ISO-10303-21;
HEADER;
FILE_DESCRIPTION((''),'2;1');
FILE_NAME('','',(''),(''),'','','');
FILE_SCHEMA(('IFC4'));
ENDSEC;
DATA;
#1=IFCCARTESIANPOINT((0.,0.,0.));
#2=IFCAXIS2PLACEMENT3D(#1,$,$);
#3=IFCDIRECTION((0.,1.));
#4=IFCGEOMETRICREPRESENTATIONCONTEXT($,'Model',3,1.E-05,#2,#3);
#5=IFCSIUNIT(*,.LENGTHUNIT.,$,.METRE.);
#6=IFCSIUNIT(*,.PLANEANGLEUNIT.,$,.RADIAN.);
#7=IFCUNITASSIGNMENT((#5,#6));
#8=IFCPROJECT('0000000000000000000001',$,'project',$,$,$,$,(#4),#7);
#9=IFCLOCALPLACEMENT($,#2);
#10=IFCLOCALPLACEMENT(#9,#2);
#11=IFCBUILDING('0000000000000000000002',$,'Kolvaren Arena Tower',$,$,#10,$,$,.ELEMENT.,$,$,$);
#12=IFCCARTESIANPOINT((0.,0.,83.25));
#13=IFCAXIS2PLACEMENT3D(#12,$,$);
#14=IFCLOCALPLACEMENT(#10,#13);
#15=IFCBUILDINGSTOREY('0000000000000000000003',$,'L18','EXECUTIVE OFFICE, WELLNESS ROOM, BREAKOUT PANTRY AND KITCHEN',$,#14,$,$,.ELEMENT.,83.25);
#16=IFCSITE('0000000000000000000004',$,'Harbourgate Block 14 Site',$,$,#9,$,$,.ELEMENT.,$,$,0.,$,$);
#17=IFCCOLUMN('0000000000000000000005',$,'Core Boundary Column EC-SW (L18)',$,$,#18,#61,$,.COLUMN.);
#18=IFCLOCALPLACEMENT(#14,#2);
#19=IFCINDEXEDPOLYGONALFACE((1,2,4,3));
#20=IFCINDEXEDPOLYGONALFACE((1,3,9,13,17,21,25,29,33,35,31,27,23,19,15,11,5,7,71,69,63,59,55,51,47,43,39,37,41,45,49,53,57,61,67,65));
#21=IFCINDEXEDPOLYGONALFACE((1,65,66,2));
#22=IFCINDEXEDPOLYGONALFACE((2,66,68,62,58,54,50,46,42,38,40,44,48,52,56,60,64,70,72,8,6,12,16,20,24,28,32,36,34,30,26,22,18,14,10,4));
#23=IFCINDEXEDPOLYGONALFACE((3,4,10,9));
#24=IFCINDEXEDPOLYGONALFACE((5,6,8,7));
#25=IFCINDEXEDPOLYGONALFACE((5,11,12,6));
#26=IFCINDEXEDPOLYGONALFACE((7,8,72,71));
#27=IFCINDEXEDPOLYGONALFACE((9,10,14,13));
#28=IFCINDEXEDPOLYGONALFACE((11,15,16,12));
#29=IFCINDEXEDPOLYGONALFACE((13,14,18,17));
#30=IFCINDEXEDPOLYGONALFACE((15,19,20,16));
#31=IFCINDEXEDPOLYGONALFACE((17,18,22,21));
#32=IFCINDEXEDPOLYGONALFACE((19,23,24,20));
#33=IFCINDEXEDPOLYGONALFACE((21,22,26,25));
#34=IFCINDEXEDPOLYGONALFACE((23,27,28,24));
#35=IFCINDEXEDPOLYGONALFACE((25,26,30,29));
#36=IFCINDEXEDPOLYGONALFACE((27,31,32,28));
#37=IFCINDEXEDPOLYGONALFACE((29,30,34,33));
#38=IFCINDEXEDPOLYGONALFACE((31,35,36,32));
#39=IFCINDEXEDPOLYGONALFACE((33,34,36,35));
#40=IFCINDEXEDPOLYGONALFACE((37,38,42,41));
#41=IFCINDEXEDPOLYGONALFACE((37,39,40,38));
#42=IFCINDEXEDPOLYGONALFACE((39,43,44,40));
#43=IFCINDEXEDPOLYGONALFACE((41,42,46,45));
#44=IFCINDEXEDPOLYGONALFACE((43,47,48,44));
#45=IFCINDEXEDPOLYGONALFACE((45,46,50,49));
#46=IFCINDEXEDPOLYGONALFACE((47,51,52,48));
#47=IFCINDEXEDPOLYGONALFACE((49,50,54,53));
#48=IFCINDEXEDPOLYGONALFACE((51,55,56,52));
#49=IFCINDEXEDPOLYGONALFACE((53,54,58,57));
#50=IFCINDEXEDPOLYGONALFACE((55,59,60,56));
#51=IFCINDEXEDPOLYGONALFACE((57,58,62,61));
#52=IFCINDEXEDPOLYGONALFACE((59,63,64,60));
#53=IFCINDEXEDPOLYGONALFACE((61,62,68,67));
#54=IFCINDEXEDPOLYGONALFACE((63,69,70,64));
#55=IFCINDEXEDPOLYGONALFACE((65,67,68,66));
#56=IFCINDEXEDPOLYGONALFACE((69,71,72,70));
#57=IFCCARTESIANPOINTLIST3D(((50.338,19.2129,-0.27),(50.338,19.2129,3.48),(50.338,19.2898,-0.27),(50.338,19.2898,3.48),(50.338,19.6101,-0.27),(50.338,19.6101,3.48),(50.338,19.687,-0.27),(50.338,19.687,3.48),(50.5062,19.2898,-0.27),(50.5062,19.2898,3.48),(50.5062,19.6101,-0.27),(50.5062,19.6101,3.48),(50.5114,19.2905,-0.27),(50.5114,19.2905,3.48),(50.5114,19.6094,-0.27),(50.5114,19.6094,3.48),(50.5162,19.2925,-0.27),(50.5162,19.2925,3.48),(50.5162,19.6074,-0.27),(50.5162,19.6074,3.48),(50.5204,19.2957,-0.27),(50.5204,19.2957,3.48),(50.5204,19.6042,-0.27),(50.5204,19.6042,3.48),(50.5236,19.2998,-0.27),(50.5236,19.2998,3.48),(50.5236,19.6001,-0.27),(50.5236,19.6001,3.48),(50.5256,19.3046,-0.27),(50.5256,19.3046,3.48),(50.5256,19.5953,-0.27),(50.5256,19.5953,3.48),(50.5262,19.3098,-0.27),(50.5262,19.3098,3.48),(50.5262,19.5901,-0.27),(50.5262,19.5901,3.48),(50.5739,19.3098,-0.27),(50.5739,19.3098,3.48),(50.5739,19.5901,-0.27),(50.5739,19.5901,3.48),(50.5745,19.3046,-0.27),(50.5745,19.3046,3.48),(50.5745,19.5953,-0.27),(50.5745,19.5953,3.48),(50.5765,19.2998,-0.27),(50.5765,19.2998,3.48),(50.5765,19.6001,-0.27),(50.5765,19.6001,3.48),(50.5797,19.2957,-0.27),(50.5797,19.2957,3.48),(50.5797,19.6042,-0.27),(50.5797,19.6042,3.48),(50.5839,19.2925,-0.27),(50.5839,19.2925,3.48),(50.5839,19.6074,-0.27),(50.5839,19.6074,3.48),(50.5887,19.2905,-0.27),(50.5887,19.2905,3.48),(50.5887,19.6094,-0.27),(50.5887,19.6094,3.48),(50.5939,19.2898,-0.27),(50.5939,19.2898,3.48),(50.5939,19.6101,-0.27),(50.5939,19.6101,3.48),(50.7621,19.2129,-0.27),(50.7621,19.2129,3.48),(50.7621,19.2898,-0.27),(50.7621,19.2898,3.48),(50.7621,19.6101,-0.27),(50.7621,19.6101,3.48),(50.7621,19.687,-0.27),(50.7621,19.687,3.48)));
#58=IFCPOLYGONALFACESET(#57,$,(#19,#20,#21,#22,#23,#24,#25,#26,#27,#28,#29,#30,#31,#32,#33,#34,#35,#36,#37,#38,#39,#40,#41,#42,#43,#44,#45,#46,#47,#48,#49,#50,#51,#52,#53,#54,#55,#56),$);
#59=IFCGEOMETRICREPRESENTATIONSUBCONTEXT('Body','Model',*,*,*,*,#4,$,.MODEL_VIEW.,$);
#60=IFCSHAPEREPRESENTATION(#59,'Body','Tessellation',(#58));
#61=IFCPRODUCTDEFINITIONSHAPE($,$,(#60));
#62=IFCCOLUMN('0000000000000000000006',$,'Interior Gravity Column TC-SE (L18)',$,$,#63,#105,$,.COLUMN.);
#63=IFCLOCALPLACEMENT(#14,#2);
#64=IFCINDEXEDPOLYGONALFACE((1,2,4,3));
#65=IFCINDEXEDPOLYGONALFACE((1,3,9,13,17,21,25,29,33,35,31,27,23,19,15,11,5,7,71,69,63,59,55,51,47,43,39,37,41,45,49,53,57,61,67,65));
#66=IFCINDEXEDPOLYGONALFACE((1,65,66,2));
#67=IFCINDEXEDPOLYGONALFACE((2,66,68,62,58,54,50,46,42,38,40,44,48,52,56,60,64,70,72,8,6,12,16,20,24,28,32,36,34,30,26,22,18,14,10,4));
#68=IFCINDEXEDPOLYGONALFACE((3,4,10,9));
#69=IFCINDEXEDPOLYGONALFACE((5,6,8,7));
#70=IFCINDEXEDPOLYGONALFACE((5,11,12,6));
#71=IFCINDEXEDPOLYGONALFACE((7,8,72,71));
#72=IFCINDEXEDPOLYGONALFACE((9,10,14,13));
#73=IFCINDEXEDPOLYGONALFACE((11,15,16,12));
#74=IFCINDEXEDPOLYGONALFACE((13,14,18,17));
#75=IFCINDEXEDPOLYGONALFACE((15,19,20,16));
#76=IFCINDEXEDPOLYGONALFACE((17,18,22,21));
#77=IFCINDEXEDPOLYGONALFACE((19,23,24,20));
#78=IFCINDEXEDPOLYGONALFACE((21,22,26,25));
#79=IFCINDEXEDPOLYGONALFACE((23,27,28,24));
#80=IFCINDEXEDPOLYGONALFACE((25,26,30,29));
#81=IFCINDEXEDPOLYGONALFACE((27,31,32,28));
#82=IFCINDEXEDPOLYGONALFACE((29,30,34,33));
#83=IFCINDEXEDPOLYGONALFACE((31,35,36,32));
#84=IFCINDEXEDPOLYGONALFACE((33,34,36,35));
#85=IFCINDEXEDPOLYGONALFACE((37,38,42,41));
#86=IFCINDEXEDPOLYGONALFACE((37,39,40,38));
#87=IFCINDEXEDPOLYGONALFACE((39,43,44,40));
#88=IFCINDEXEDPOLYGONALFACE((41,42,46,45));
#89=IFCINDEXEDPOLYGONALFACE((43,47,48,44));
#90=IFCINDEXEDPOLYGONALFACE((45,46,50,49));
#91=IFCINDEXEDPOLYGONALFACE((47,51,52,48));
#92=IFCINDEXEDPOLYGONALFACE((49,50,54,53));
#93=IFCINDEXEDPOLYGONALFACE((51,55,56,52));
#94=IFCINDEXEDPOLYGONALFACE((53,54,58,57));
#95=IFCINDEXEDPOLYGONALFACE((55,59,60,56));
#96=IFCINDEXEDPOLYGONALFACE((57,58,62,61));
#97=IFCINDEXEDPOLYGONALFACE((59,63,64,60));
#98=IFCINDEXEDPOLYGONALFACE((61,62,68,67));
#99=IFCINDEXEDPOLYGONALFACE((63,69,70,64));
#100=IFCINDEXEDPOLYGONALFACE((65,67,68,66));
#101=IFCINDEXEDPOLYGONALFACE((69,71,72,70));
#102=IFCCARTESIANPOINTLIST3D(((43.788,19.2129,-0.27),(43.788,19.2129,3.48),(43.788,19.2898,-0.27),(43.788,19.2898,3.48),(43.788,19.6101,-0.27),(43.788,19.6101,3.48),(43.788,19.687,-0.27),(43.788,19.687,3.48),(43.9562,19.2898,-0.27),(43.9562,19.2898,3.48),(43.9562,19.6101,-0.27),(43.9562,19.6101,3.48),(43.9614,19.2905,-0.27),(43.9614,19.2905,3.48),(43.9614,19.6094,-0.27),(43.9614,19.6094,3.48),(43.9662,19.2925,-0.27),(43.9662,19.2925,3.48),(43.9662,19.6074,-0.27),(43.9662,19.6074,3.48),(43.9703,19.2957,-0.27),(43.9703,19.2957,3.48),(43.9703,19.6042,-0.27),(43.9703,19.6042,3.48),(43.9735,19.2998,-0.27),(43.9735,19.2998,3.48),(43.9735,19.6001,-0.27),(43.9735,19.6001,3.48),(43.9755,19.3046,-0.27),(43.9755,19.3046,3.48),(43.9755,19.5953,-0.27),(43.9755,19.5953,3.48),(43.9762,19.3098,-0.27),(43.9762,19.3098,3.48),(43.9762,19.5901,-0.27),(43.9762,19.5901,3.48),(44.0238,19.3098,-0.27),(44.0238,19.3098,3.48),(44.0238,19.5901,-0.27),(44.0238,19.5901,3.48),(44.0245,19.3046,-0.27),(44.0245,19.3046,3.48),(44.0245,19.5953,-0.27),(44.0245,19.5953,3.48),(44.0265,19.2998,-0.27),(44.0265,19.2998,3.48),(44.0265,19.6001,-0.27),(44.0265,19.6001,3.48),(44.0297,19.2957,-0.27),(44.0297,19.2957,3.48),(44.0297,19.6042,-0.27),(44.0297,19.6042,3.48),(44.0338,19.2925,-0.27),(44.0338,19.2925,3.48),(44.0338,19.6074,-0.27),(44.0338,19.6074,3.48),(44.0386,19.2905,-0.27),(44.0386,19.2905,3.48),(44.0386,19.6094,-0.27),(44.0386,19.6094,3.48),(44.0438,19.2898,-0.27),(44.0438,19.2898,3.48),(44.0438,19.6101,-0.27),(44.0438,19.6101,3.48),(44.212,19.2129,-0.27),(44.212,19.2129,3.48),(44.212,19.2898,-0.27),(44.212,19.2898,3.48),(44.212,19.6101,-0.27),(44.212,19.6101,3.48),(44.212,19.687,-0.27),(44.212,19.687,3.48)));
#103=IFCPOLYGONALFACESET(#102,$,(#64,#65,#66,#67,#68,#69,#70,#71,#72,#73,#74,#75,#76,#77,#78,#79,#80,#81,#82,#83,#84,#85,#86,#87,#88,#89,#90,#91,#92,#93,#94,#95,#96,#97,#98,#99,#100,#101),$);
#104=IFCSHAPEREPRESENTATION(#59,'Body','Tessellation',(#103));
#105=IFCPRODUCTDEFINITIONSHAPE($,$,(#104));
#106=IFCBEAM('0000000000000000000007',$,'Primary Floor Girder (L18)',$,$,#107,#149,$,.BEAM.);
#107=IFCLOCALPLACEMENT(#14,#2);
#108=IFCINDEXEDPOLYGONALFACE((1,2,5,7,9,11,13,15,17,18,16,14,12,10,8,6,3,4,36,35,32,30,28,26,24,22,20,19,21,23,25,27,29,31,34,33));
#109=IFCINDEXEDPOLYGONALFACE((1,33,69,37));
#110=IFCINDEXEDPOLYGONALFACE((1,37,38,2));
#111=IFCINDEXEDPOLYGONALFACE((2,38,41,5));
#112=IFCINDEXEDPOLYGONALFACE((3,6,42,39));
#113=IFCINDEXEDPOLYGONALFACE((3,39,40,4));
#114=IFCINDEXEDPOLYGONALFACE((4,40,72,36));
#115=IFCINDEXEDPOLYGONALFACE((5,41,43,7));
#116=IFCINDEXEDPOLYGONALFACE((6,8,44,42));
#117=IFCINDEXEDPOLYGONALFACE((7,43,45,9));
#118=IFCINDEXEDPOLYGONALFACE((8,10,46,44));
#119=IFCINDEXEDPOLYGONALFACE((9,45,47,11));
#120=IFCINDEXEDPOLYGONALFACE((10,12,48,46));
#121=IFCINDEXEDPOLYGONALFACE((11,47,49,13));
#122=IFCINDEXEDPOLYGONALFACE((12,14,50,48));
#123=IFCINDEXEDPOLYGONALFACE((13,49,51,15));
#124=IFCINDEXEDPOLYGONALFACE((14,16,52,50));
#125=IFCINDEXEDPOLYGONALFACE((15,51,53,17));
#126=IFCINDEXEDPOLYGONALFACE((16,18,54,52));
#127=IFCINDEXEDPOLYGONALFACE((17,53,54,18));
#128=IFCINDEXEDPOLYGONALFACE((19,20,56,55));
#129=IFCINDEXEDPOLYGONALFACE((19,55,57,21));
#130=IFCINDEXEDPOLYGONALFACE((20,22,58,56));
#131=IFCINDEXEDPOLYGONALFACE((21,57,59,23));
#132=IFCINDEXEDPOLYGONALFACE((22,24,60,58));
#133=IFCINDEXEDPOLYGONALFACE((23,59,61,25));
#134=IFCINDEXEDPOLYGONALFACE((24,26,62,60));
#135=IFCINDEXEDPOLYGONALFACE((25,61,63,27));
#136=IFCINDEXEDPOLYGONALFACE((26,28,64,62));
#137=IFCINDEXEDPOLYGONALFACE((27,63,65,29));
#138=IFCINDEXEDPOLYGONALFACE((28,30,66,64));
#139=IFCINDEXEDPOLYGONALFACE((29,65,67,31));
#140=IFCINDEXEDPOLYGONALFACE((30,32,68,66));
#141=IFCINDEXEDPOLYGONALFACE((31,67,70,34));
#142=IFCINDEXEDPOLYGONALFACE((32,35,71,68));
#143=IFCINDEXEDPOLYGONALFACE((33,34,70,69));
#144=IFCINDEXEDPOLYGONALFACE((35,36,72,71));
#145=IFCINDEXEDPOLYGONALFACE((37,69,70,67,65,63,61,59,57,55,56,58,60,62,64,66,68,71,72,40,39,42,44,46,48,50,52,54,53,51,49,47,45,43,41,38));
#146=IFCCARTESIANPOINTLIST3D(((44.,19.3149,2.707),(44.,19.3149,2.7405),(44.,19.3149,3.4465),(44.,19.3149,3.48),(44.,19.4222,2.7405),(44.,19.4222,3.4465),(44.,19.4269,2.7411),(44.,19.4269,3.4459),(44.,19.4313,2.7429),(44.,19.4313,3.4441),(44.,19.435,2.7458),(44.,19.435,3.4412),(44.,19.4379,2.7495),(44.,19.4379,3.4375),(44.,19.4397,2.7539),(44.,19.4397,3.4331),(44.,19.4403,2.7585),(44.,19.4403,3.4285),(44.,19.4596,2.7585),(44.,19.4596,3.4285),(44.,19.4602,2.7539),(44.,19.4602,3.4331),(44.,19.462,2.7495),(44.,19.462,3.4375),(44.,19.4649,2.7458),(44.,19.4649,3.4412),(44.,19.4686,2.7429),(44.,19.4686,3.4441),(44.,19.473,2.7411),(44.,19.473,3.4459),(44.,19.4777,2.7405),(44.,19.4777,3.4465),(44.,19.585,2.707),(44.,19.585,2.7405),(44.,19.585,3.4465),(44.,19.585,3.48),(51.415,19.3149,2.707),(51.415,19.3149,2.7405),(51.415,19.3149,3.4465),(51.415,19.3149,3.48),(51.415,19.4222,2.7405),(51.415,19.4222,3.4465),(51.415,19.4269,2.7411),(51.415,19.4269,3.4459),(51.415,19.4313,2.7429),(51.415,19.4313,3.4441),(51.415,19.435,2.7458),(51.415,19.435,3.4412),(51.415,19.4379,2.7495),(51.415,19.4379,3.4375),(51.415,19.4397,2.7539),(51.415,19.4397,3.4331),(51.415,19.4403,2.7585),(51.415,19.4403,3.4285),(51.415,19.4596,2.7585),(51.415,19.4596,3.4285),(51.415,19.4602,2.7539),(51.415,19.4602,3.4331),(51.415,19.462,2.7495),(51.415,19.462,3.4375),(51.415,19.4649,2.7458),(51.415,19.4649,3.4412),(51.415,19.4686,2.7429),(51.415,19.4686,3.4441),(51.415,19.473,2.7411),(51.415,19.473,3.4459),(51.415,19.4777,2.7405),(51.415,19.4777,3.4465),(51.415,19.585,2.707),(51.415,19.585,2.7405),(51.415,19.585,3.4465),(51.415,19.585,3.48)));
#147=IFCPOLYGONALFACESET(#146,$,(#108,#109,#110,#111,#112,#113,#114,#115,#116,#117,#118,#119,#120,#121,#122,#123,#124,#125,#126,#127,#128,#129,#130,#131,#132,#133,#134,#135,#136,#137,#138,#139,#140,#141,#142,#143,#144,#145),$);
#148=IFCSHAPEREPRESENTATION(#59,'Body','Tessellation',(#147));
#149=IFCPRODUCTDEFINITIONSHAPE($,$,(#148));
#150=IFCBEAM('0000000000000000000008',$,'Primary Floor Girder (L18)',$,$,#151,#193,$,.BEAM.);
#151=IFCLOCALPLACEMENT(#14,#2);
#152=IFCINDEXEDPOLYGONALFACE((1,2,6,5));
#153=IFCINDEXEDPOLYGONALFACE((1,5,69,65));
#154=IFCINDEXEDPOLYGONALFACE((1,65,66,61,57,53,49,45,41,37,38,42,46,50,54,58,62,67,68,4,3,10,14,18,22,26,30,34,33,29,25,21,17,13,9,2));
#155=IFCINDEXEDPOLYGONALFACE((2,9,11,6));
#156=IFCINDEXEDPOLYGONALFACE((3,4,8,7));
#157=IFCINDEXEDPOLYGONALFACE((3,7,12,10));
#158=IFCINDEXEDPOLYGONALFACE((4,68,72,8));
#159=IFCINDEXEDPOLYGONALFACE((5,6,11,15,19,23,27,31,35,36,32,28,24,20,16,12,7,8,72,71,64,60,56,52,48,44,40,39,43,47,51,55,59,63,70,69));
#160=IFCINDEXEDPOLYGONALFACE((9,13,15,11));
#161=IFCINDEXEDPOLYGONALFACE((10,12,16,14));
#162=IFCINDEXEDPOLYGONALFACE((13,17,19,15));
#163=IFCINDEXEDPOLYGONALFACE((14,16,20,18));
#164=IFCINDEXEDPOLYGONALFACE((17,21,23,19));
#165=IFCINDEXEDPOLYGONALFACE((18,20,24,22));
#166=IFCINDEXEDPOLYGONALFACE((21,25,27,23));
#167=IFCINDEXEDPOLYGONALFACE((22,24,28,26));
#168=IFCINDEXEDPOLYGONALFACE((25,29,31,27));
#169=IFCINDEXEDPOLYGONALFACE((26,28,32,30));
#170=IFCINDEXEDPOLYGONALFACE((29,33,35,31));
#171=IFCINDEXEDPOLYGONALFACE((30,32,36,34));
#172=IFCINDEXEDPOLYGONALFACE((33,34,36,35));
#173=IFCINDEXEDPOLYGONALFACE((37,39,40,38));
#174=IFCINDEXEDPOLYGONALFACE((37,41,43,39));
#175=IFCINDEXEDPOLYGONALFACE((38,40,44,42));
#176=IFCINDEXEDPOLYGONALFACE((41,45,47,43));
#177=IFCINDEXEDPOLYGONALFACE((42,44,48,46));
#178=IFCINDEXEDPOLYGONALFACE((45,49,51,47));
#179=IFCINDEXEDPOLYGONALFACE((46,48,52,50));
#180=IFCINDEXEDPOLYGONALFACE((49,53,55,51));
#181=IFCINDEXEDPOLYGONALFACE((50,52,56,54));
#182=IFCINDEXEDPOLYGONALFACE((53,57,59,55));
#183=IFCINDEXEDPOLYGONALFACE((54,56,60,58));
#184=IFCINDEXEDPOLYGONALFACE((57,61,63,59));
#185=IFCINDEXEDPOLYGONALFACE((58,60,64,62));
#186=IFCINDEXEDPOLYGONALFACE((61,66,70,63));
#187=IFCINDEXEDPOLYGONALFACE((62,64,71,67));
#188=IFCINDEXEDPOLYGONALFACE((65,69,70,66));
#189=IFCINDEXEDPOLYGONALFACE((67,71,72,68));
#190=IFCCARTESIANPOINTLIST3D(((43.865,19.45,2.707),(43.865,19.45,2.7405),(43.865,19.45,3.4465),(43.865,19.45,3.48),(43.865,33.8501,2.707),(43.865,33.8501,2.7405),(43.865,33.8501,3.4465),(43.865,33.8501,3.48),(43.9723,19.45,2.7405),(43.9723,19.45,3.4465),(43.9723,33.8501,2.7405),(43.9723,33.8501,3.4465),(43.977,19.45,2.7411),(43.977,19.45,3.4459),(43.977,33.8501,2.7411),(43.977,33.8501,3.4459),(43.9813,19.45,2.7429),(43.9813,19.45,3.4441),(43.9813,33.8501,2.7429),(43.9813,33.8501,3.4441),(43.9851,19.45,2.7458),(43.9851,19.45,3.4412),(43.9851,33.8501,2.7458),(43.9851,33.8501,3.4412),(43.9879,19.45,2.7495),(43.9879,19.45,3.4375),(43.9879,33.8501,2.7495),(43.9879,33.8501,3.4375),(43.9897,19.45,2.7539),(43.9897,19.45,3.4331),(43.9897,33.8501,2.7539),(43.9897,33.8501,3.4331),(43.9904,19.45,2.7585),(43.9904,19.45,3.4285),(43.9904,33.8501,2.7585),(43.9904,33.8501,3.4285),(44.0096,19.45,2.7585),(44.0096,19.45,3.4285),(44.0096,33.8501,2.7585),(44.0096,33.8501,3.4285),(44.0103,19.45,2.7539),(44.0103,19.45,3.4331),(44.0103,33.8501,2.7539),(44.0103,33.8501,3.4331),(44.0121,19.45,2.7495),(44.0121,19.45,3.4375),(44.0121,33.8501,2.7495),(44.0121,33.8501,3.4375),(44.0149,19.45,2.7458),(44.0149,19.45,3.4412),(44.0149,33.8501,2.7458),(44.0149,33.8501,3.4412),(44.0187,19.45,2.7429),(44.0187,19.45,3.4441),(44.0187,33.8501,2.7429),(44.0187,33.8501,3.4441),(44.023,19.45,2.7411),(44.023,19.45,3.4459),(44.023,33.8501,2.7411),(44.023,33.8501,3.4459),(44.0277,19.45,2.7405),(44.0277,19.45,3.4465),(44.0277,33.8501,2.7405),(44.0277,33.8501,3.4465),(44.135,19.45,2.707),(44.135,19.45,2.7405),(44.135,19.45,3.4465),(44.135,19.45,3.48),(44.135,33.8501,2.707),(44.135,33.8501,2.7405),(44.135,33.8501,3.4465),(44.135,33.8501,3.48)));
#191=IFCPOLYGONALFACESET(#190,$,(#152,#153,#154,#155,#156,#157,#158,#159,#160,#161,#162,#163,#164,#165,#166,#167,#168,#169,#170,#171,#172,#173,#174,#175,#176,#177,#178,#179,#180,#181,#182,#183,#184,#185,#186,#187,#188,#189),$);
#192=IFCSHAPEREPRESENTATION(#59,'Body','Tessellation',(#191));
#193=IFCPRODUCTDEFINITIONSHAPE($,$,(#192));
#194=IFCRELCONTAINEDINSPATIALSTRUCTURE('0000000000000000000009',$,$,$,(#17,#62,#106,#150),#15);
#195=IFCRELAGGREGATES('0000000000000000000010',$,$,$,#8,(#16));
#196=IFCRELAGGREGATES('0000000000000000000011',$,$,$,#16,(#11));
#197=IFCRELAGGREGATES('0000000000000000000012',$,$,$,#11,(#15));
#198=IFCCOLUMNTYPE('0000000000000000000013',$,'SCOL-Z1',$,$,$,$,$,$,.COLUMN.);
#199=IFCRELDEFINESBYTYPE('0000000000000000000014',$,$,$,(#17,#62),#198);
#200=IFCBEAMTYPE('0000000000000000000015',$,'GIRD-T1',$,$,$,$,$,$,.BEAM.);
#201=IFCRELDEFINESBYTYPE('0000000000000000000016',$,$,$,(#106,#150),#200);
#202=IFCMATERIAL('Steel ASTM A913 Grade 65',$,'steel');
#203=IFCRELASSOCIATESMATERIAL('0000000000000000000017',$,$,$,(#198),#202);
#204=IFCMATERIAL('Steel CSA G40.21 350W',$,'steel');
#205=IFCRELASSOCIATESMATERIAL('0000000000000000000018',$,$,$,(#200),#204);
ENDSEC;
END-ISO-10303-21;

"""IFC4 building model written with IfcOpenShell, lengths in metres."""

from ifc_helpers import new_model, si_unit, direction, frame, origin, origin_2d, place, context, subcontext, project, spatial, i_section, extrude, material, material_profile, profile_set, type_object, element, save


model = new_model("IFC4")

# Units and contexts
model_context = context("Model", 3, precision=1e-05, world=origin(), true_north=direction((0.0, 1.0)))
body_context = subcontext(model_context, "Body", "Model", "MODEL_VIEW")
ifc_project = project(units=[si_unit("LENGTHUNIT", "METRE"), si_unit("PLANEANGLEUNIT", "RADIAN")], contexts=[model_context])

# Site, building, storey
site_placement = place(None, origin())
site = spatial("IfcSite", under=ifc_project, at=site_placement, Name="Harbourgate Block 14 Site", CompositionType="ELEMENT", RefElevation=0.0)
building_placement = place(site_placement, origin())
building = spatial("IfcBuilding", under=site, at=building_placement, Name="Kolvaren Arena Tower", CompositionType="ELEMENT")
storey_placement = place(building_placement, frame((0.0, 0.0, 83.25)))
storey = spatial("IfcBuildingStorey", under=building, at=storey_placement, Name="L18", Description="EXECUTIVE OFFICE, WELLNESS ROOM, BREAKOUT PANTRY AND KITCHEN", CompositionType="ELEMENT", Elevation=83.25)

# Columns
ifc_material_1 = material(Name="Steel ASTM A913 Grade 65", Category="steel")
ifc_material_profile_1 = material_profile(ifc_material_1, i_section(OverallWidth=0.4241, OverallDepth=0.4741, WebThickness=0.0476, FlangeThickness=0.0769, FilletRadius=0.02, at=origin_2d()), Name="W360x634")
ifc_profile_set_1 = profile_set([ifc_material_profile_1], Name="Steel ASTM A913 Grade 65")
column_type = type_object("IfcColumnType", Name="SCOL-Z1", PredefinedType="COLUMN", material=ifc_profile_set_1)
for number, where, z_axis, x_axis, name in (
    (1, (50.55, 19.45, -0.27), (0.0, 0.0, 1.0), (1.0, 0.0, 0.0), "Core Boundary Column EC-SW (L18)"),
    (2, (44.0, 19.45, -0.27), (0.0, 0.0, 1.0), (1.0, 0.0, 0.0), "Interior Gravity Column TC-SE (L18)"),
):
    element("IfcColumn", number, at=place(storey_placement, frame(where, z_axis=z_axis, x_axis=x_axis)), inside=storey, type_object=column_type, Name=name, PredefinedType="COLUMN", context=body_context, shape_type="SweptSolid", body=[
        extrude(i_section(OverallWidth=0.4241, OverallDepth=0.4741, WebThickness=0.0476, FlangeThickness=0.0769, FilletRadius=0.02, at=origin_2d()), origin(), (0.0, 0.0, 1.0), 3.75),
    ])

# Beams
ifc_material_2 = material(Name="Steel CSA G40.21 350W", Category="steel")
ifc_material_profile_2 = material_profile(ifc_material_2, i_section(OverallWidth=0.27, OverallDepth=0.7729, WebThickness=0.0193, FlangeThickness=0.0334, FilletRadius=0.0181, at=origin_2d()), Name="W760x257")
ifc_profile_set_2 = profile_set([ifc_material_profile_2], Name="Steel CSA G40.21 350W")
beam_type_1 = type_object("IfcBeamType", Name="GIRD-T1", PredefinedType="BEAM", material=ifc_profile_set_2)
beam_1_placement = place(storey_placement, frame((44.0, 19.45, 3.0935), z_axis=(1.0, 0.0, 0.0), x_axis=(0.0, 1.0, 0.0)))
element("IfcBeam", 3, at=beam_1_placement, inside=storey, type_object=beam_type_1, Name="Primary Floor Girder (L18)", PredefinedType="BEAM", context=body_context, shape_type="SweptSolid", body=[
    extrude(i_section(OverallWidth=0.27, OverallDepth=0.7729, WebThickness=0.0193, FlangeThickness=0.0334, FilletRadius=0.0181, at=origin_2d()), origin(), (0.0, 0.0, 1.0), 7.415),
])
beam_2_placement = place(storey_placement, frame((44.0, 19.45, 3.0935), z_axis=(0.0, 1.0, 0.0), x_axis=(-1.0, 0.0, 0.0)))
element("IfcBeam", 4, at=beam_2_placement, inside=storey, type_object=beam_type_1, Name="Primary Floor Girder (L18)", PredefinedType="BEAM", context=body_context, shape_type="SweptSolid", body=[
    extrude(i_section(OverallWidth=0.27, OverallDepth=0.7729, WebThickness=0.0193, FlangeThickness=0.0334, FilletRadius=0.0181, at=origin_2d()), origin(), (0.0, 0.0, 1.0), 14.4001),
])

save(model, "model.ifc")
